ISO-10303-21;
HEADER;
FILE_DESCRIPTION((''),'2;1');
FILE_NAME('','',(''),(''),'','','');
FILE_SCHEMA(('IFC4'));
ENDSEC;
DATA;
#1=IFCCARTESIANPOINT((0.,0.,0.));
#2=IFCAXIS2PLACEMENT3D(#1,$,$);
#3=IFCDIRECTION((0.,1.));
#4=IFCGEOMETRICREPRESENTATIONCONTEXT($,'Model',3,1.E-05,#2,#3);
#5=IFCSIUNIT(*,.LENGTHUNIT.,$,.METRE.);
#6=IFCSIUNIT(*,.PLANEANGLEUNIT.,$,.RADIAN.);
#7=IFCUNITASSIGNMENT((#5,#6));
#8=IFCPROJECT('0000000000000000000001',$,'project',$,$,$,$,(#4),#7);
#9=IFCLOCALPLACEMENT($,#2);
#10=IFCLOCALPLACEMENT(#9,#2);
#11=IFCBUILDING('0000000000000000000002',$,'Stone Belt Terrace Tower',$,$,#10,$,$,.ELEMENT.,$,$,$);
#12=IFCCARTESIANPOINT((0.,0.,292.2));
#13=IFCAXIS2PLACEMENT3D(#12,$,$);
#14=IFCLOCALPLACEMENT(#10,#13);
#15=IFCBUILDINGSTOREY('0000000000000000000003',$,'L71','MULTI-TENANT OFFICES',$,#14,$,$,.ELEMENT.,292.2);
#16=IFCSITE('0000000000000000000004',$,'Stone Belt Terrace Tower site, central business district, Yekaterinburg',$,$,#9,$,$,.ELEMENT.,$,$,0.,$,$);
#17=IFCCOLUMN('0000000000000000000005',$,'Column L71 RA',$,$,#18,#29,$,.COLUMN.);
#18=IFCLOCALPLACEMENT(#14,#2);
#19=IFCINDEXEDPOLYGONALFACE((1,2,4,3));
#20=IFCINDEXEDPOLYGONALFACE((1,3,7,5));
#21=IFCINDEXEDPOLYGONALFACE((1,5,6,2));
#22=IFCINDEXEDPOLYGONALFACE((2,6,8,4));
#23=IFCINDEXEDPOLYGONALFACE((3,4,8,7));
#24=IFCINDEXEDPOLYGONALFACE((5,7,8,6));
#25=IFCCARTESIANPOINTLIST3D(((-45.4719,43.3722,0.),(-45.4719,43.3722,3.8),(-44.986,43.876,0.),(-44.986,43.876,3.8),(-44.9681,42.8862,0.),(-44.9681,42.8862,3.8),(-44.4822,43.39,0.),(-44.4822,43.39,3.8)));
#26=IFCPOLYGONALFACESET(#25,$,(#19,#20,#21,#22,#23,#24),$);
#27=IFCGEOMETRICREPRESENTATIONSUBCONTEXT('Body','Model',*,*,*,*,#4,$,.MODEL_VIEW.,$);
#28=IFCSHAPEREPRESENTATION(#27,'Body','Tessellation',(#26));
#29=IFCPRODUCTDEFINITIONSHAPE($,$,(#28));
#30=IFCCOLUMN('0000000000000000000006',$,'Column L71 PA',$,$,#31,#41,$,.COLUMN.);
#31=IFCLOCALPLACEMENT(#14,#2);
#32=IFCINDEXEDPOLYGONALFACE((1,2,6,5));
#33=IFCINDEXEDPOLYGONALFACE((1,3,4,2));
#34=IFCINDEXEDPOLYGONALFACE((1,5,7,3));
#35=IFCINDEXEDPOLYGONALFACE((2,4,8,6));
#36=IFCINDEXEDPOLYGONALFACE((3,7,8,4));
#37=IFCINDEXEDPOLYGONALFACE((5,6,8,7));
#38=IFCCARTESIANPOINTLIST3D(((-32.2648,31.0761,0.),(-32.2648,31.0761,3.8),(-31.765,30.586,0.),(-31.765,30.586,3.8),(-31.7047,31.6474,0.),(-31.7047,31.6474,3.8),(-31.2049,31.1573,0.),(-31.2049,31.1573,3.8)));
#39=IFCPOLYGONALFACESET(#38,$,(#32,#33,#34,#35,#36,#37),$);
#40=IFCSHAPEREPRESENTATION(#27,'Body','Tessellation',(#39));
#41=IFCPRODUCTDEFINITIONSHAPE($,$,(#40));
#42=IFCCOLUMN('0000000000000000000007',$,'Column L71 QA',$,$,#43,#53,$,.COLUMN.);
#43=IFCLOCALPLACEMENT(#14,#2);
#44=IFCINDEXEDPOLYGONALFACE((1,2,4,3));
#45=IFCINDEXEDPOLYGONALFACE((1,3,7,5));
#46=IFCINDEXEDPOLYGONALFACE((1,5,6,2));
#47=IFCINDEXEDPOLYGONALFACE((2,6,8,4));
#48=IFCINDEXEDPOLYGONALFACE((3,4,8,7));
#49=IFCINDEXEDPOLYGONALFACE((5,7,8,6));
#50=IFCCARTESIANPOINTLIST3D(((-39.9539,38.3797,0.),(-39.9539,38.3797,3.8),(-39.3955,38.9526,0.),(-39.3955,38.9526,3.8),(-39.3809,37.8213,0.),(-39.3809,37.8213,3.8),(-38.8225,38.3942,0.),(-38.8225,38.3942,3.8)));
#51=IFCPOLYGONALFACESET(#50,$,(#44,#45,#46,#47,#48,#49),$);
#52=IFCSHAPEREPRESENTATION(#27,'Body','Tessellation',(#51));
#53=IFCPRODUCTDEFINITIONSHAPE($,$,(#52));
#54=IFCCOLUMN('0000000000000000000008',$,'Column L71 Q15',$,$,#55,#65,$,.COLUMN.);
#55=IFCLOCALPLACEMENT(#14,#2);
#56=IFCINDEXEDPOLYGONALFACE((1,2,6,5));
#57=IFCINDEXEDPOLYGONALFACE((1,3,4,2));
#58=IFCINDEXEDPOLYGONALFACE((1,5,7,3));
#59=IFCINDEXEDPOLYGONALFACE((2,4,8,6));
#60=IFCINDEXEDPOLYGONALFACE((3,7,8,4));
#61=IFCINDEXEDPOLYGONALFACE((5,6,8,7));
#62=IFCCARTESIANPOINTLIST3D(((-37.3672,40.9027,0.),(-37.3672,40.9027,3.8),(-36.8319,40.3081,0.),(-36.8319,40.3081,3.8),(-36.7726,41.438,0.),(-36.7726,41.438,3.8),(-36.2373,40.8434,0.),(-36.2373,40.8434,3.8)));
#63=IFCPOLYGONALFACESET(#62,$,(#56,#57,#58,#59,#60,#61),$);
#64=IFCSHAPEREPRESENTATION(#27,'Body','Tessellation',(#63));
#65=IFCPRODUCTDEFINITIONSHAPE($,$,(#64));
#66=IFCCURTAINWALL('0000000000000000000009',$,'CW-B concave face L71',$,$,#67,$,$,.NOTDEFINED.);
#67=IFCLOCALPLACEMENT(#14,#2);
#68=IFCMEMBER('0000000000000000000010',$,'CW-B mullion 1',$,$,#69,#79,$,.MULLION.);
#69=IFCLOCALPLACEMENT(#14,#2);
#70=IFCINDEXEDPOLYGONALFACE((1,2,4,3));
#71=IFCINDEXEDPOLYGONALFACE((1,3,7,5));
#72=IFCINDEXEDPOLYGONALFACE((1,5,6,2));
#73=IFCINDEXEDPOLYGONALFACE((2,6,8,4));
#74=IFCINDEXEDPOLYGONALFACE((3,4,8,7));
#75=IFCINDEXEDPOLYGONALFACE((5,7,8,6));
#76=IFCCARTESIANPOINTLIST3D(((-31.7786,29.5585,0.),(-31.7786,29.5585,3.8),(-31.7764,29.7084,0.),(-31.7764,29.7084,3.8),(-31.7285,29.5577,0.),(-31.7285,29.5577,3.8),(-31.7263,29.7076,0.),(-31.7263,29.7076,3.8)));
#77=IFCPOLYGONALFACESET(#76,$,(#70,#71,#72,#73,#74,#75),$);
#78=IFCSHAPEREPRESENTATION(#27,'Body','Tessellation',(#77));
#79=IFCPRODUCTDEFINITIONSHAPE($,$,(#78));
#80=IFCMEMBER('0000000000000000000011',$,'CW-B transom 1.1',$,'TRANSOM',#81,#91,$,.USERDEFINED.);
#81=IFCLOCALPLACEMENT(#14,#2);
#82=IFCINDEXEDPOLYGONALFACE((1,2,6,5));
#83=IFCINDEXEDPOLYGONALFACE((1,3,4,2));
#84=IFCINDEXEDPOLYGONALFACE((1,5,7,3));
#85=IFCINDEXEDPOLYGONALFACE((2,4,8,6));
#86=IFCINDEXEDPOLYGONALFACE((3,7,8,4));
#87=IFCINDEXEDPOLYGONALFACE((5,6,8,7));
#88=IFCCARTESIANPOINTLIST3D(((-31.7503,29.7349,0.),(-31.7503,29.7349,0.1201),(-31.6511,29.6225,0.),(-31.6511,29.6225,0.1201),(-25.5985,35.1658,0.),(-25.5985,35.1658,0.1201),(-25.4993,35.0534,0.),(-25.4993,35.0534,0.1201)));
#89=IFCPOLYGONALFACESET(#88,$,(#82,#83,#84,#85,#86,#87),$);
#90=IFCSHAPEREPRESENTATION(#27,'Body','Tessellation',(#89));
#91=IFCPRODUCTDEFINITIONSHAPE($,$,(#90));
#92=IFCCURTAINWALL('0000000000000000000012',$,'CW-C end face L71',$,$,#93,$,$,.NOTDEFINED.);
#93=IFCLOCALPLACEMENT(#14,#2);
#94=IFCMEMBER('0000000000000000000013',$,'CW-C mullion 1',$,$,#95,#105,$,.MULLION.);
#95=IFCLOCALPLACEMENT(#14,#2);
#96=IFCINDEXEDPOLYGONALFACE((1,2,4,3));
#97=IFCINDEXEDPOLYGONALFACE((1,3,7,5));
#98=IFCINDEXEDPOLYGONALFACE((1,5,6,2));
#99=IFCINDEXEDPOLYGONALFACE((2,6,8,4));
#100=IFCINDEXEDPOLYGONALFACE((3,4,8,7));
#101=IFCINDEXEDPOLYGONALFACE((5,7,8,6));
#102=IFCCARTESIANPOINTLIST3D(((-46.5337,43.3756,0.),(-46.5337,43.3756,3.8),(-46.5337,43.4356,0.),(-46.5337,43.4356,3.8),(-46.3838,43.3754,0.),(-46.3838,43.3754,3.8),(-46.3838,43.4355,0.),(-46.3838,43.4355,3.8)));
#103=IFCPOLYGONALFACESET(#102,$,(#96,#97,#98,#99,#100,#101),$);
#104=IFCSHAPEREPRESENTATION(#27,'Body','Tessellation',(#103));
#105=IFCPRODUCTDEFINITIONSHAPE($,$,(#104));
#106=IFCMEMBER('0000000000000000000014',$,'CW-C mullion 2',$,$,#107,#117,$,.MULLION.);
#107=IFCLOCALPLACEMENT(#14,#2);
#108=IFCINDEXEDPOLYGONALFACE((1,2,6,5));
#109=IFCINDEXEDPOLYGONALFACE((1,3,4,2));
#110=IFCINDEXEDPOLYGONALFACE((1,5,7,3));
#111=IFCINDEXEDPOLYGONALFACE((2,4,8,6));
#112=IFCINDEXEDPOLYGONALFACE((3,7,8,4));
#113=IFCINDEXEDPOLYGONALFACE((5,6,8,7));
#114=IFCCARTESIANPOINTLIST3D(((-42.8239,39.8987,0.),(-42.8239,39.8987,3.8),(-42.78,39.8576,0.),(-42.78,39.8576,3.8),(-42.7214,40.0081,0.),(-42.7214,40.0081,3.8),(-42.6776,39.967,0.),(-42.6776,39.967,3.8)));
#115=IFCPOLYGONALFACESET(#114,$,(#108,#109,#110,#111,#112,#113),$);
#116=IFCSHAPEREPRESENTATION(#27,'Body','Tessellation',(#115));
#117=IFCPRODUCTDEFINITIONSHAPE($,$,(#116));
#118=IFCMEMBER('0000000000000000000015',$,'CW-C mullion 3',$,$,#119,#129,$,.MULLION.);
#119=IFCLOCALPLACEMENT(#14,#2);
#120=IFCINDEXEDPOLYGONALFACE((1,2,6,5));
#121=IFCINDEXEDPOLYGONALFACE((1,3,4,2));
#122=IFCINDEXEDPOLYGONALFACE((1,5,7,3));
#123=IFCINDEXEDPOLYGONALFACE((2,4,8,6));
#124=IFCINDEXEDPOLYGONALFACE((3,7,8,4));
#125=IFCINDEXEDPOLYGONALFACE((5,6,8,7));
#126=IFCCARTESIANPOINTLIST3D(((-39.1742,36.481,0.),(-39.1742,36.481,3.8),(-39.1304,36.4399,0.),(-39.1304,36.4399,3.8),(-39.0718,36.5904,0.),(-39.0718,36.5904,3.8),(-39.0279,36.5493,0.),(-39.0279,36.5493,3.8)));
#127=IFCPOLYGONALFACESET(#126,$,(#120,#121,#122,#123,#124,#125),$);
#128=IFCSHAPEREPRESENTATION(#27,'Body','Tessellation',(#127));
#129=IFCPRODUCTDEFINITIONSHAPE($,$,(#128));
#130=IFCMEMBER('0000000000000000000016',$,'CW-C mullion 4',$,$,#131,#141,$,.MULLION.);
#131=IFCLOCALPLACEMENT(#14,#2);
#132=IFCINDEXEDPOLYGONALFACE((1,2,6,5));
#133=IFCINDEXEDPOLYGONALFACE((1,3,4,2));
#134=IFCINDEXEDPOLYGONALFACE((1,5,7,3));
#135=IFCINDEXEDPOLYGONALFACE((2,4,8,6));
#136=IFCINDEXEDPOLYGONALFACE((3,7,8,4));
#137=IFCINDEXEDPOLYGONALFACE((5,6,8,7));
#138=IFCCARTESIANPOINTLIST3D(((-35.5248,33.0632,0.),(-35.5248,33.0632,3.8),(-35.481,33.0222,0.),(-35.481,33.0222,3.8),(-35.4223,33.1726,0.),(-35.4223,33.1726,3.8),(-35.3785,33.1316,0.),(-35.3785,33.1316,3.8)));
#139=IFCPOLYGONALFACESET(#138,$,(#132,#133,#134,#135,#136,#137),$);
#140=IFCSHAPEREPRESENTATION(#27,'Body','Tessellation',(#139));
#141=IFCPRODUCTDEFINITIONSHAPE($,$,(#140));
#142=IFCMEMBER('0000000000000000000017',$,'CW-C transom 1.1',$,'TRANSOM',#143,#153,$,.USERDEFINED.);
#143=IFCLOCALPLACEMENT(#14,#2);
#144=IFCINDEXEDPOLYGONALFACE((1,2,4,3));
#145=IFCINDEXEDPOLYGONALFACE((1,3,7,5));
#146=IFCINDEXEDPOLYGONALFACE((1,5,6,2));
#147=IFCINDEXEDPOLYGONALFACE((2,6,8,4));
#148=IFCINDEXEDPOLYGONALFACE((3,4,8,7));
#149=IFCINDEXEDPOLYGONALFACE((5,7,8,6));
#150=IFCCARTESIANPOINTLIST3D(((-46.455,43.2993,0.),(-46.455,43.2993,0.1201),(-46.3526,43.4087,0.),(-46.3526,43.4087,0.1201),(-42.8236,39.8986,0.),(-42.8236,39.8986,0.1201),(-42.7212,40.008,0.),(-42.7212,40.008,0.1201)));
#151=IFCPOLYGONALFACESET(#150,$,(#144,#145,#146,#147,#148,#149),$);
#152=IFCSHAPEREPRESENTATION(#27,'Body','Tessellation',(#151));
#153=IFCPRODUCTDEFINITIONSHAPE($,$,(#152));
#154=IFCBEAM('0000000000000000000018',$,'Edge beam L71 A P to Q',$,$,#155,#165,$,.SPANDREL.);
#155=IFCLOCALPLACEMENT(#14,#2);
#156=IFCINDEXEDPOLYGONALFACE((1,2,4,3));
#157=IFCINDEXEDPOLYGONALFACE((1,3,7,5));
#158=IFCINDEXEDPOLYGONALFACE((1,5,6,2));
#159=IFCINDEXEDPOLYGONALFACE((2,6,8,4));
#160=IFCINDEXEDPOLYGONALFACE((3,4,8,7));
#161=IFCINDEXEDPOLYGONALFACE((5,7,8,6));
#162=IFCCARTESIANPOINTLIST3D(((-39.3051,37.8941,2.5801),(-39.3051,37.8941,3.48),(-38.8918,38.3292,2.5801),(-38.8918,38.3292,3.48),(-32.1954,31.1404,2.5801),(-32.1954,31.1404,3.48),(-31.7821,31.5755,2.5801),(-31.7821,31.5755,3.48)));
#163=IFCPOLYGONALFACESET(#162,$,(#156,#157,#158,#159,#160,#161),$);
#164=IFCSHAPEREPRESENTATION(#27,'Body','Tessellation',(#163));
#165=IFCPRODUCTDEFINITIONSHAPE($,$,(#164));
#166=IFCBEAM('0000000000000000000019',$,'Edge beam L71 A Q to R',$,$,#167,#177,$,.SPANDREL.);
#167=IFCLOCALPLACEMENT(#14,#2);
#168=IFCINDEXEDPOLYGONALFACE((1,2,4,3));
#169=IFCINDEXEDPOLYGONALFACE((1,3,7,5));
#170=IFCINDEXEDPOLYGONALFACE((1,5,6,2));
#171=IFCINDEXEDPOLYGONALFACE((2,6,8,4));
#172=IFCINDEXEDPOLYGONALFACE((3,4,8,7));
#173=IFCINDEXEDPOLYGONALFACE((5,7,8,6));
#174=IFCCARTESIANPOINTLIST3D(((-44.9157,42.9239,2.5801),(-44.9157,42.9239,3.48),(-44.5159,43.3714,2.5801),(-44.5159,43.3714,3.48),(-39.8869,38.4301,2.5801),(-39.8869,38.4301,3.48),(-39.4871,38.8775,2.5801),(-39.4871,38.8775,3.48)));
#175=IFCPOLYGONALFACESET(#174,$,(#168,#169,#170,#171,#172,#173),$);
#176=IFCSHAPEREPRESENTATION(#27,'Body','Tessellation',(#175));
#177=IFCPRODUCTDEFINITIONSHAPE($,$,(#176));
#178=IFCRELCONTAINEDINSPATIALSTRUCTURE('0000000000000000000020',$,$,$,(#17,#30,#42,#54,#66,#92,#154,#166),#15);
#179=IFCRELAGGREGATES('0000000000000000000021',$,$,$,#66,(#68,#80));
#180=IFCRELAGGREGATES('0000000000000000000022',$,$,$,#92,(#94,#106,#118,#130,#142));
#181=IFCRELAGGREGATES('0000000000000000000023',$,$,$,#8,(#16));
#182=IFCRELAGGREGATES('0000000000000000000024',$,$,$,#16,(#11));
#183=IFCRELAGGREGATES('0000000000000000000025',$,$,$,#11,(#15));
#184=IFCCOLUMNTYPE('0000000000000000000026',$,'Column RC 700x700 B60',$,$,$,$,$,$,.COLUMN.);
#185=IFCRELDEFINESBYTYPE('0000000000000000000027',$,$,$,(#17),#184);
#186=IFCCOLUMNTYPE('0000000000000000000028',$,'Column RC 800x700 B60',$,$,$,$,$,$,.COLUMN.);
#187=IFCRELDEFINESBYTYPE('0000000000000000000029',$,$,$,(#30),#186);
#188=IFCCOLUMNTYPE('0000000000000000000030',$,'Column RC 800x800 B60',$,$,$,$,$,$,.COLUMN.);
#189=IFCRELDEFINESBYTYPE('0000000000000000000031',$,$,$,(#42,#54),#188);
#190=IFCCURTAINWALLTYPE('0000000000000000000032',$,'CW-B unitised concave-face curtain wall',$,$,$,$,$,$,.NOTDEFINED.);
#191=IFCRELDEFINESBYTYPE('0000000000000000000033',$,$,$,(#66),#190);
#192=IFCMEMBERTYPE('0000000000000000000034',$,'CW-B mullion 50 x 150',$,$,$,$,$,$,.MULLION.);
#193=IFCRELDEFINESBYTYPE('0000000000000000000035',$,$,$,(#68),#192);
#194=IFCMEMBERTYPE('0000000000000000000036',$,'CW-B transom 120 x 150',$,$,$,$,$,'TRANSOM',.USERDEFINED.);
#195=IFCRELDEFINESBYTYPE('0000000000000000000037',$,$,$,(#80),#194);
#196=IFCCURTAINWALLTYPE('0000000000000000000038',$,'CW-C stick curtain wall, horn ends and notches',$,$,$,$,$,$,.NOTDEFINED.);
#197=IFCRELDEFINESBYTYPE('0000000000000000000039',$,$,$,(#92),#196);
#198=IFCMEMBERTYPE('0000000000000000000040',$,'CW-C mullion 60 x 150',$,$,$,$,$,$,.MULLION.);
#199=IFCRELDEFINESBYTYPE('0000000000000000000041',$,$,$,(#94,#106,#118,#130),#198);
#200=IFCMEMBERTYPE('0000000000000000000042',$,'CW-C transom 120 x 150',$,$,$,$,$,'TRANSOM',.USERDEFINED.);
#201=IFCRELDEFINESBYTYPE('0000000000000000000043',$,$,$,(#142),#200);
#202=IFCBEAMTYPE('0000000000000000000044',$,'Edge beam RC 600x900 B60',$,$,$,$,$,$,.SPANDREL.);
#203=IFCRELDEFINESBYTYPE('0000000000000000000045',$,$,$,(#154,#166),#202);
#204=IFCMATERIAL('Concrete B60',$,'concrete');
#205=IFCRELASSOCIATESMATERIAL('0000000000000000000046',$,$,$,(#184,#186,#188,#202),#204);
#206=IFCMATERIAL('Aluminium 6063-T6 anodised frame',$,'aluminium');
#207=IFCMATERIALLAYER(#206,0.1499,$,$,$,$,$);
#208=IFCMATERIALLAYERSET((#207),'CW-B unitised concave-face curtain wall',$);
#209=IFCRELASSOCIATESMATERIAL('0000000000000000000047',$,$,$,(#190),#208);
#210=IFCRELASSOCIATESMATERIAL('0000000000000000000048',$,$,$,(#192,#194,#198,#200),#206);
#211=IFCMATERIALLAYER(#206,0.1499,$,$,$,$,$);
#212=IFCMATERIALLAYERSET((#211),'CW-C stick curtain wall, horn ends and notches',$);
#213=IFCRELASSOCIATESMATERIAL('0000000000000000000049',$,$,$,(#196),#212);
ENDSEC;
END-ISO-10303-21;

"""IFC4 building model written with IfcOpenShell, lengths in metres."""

from ifc_helpers import new_model, si_unit, direction, frame, origin, origin_2d, place, context, subcontext, project, spatial, rectangle, extrude, material, layer, layer_set, material_profile, profile_set, type_object, element, aggregate, save


model = new_model("IFC4")

# Units and contexts
model_context = context("Model", 3, precision=1e-05, world=origin(), true_north=direction((0.0, 1.0)))
body_context = subcontext(model_context, "Body", "Model", "MODEL_VIEW")
ifc_project = project(units=[si_unit("LENGTHUNIT", "METRE"), si_unit("PLANEANGLEUNIT", "RADIAN")], contexts=[model_context])

# Site, building, storey
site_placement = place(None, origin())
site = spatial("IfcSite", under=ifc_project, at=site_placement, Name="Stone Belt Terrace Tower site, central business district, Yekaterinburg", CompositionType="ELEMENT", RefElevation=0.0)
building_placement = place(site_placement, origin())
building = spatial("IfcBuilding", under=site, at=building_placement, Name="Stone Belt Terrace Tower", CompositionType="ELEMENT")
storey_placement = place(building_placement, frame((0.0, 0.0, 292.2)))
storey = spatial("IfcBuildingStorey", under=building, at=storey_placement, Name="L71", Description="MULTI-TENANT OFFICES", CompositionType="ELEMENT", Elevation=292.2)

# Columns
ifc_material_1 = material(Name="Concrete B60", Category="concrete")
ifc_material_profile_1 = material_profile(ifc_material_1, rectangle(XDim=0.7, YDim=0.7, at=origin_2d()), Name="RC 700x700")
ifc_profile_set_1 = profile_set([ifc_material_profile_1], Name="Concrete B60")
column_type_1 = type_object("IfcColumnType", Name="Column RC 700x700 B60", PredefinedType="COLUMN", material=ifc_profile_set_1)
column_1_placement = place(storey_placement, frame((-44.9771, 43.3811, 0.0), z_axis=(0.0, 0.0, 1.0), x_axis=(0.694221, 0.719762, 0.0)))
element("IfcColumn", 1, at=column_1_placement, inside=storey, type_object=column_type_1, Name="Column L71 RA", PredefinedType="COLUMN", context=body_context, shape_type="SweptSolid", body=[
    extrude(rectangle(XDim=0.7, YDim=0.7, at=origin_2d()), origin(), (0.0, 0.0, 1.0), 3.8),
])
ifc_material_profile_2 = material_profile(ifc_material_1, rectangle(XDim=0.8, YDim=0.7, at=origin_2d()), Name="RC 800x700")
ifc_profile_set_2 = profile_set([ifc_material_profile_2], Name="Concrete B60")
column_type_2 = type_object("IfcColumnType", Name="Column RC 800x700 B60", PredefinedType="COLUMN", material=ifc_profile_set_2)
column_2_placement = place(storey_placement, frame((-31.7349, 31.1167, 0.0), z_axis=(0.0, 0.0, 1.0), x_axis=(0.70012, 0.714026, 0.0)))
element("IfcColumn", 2, at=column_2_placement, inside=storey, type_object=column_type_2, Name="Column L71 PA", PredefinedType="COLUMN", context=body_context, shape_type="SweptSolid", body=[
    extrude(rectangle(XDim=0.8, YDim=0.7, at=origin_2d()), origin(), (0.0, 0.0, 1.0), 3.8),
])
ifc_material_profile_3 = material_profile(ifc_material_1, rectangle(XDim=0.8, YDim=0.8, at=origin_2d()), Name="RC 800x800")
ifc_profile_set_3 = profile_set([ifc_material_profile_3], Name="Concrete B60")
column_type_3 = type_object("IfcColumnType", Name="Column RC 800x800 B60", PredefinedType="COLUMN", material=ifc_profile_set_3)
for number, where, z_axis, x_axis, name in (
    (3, (-39.3882, 38.387, 0.0), (0.0, 0.0, 1.0), (0.697944, 0.716152, 0.0), "Column L71 QA"),
    (4, (-36.8022, 40.873, 0.0), (0.0, 0.0, 1.0), (0.743145, 0.669131, 0.0), "Column L71 Q15"),
):
    element("IfcColumn", number, at=place(storey_placement, frame(where, z_axis=z_axis, x_axis=x_axis)), inside=storey, type_object=column_type_3, Name=name, PredefinedType="COLUMN", context=body_context, shape_type="SweptSolid", body=[
        extrude(rectangle(XDim=0.8, YDim=0.8, at=origin_2d()), origin(), (0.0, 0.0, 1.0), 3.8),
    ])

# Curtain walls, members
ifc_material_2 = material(Name="Aluminium 6063-T6 anodised frame", Category="aluminium")
ifc_layer_1 = layer(ifc_material_2, 0.1499)
ifc_layer_set_1 = layer_set([ifc_layer_1], Name="CW-B unitised concave-face curtain wall")
curtain_wall_type_1 = type_object("IfcCurtainWallType", Name="CW-B unitised concave-face curtain wall", PredefinedType="NOTDEFINED", material=ifc_layer_set_1)
curtain_wall_1_placement = place(storey_placement, origin())
curtain_wall_1 = element("IfcCurtainWall", 5, at=curtain_wall_1_placement, inside=storey, type_object=curtain_wall_type_1, Name="CW-B concave face L71", PredefinedType="NOTDEFINED")
ifc_material_profile_4 = material_profile(ifc_material_2, rectangle(XDim=0.1499, YDim=0.05, at=origin_2d()), Name="Aluminium 6063-T6 50x150")
ifc_profile_set_4 = profile_set([ifc_material_profile_4], Name="Aluminium 6063-T6 anodised frame")
member_type_1 = type_object("IfcMemberType", Name="CW-B mullion 50 x 150", PredefinedType="MULLION", material=ifc_profile_set_4)
member_1_placement = place(storey_placement, frame((-31.7524, 29.6331, 0.0), z_axis=(0.0, 0.0, 1.0), x_axis=(0.014682, 0.999892, 0.0)))
member_1 = element("IfcMember", 6, at=member_1_placement, type_object=member_type_1, Name="CW-B mullion 1", PredefinedType="MULLION", context=body_context, shape_type="SweptSolid", body=[
    extrude(rectangle(XDim=0.1499, YDim=0.05, at=origin_2d()), origin(), (0.0, 0.0, 1.0), 3.8),
])
ifc_material_profile_5 = material_profile(ifc_material_2, rectangle(XDim=0.1499, YDim=0.1201, at=origin_2d()), Name="Aluminium 6063-T6 150x120")
ifc_profile_set_5 = profile_set([ifc_material_profile_5], Name="Aluminium 6063-T6 anodised frame")
member_type_2 = type_object("IfcMemberType", Name="CW-B transom 120 x 150", ElementType="TRANSOM", PredefinedType="USERDEFINED", material=ifc_profile_set_5)
member_2_placement = place(storey_placement, frame((-31.7007, 29.6787, 0.0601), z_axis=(0.749669, 0.661813, 0.0), x_axis=(-0.661813, 0.749669, 0.0)))
member_2 = element("IfcMember", 7, at=member_2_placement, type_object=member_type_2, Name="CW-B transom 1.1", ObjectType="TRANSOM", PredefinedType="USERDEFINED", context=body_context, shape_type="SweptSolid", body=[
    extrude(rectangle(XDim=0.1499, YDim=0.1201, at=origin_2d()), origin(), (0.0, 0.0, 1.0), 8.2061),
])
aggregate(curtain_wall_1, [member_1, member_2])
ifc_layer_2 = layer(ifc_material_2, 0.1499)
ifc_layer_set_2 = layer_set([ifc_layer_2], Name="CW-C stick curtain wall, horn ends and notches")
curtain_wall_type_2 = type_object("IfcCurtainWallType", Name="CW-C stick curtain wall, horn ends and notches", PredefinedType="NOTDEFINED", material=ifc_layer_set_2)
curtain_wall_2_placement = place(storey_placement, origin())
curtain_wall_2 = element("IfcCurtainWall", 8, at=curtain_wall_2_placement, inside=storey, type_object=curtain_wall_type_2, Name="CW-C end face L71", PredefinedType="NOTDEFINED")
ifc_material_profile_6 = material_profile(ifc_material_2, rectangle(XDim=0.1499, YDim=0.0601, at=origin_2d()), Name="Aluminium 6063-T6 60x150")
ifc_profile_set_6 = profile_set([ifc_material_profile_6], Name="Aluminium 6063-T6 anodised frame")
member_type_3 = type_object("IfcMemberType", Name="CW-C mullion 60 x 150", PredefinedType="MULLION", material=ifc_profile_set_6)
member_3_placement = place(storey_placement, frame((-46.4587, 43.4055, 0.0), z_axis=(0.0, 0.0, 1.0), x_axis=(0.999999, -0.001051, 0.0)))
member_3 = element("IfcMember", 9, at=member_3_placement, type_object=member_type_3, Name="CW-C mullion 1", PredefinedType="MULLION", context=body_context, shape_type="SweptSolid", body=[
    extrude(rectangle(XDim=0.1499, YDim=0.0601, at=origin_2d()), origin(), (0.0, 0.0, 1.0), 3.8),
])
member_4_placement = place(storey_placement, frame((-42.7507, 39.9329, 0.0), z_axis=(0.0, 0.0, 1.0), x_axis=(0.683549, 0.729904, 0.0)))
member_4 = element("IfcMember", 10, at=member_4_placement, type_object=member_type_3, Name="CW-C mullion 2", PredefinedType="MULLION", context=body_context, shape_type="SweptSolid", body=[
    extrude(rectangle(XDim=0.1499, YDim=0.0601, at=origin_2d()), origin(), (0.0, 0.0, 1.0), 3.8),
])
member_5_placement = place(storey_placement, frame((-39.1011, 36.5151, 0.0), z_axis=(0.0, 0.0, 1.0), x_axis=(0.683549, 0.729904, 0.0)))
member_5 = element("IfcMember", 11, at=member_5_placement, type_object=member_type_3, Name="CW-C mullion 3", PredefinedType="MULLION", context=body_context, shape_type="SweptSolid", body=[
    extrude(rectangle(XDim=0.1499, YDim=0.0601, at=origin_2d()), origin(), (0.0, 0.0, 1.0), 3.8),
])
member_6_placement = place(storey_placement, frame((-35.4517, 33.0974, 0.0), z_axis=(0.0, 0.0, 1.0), x_axis=(0.683549, 0.729904, 0.0)))
member_6 = element("IfcMember", 12, at=member_6_placement, type_object=member_type_3, Name="CW-C mullion 4", PredefinedType="MULLION", context=body_context, shape_type="SweptSolid", body=[
    extrude(rectangle(XDim=0.1499, YDim=0.0601, at=origin_2d()), origin(), (0.0, 0.0, 1.0), 3.8),
])
ifc_material_profile_7 = material_profile(ifc_material_2, rectangle(XDim=0.1499, YDim=0.1201, at=origin_2d()), Name="Aluminium 6063-T6 150x120")
ifc_profile_set_7 = profile_set([ifc_material_profile_7], Name="Aluminium 6063-T6 anodised frame")
member_type_4 = type_object("IfcMemberType", Name="CW-C transom 120 x 150", ElementType="TRANSOM", PredefinedType="USERDEFINED", material=ifc_profile_set_7)
member_7_placement = place(storey_placement, frame((-46.4038, 43.354, 0.0601), z_axis=(0.729914, -0.683539, 0.0), x_axis=(0.683539, 0.729914, 0.0)))
member_7 = element("IfcMember", 13, at=member_7_placement, type_object=member_type_4, Name="CW-C transom 1.1", ObjectType="TRANSOM", PredefinedType="USERDEFINED", context=body_context, shape_type="SweptSolid", body=[
    extrude(rectangle(XDim=0.1499, YDim=0.1201, at=origin_2d()), origin(), (0.0, 0.0, 1.0), 4.9751),
])

# Beams
ifc_material_profile_8 = material_profile(ifc_material_1, rectangle(XDim=0.6001, YDim=0.8999, at=origin_2d()), Name="RC 600x900")
ifc_profile_set_8 = profile_set([ifc_material_profile_8], Name="Concrete B60")
beam_type = type_object("IfcBeamType", Name="Edge beam RC 600x900 B60", PredefinedType="SPANDREL", material=ifc_profile_set_8)
beam_1_placement = place(storey_placement, frame((-31.9888, 31.3579, 3.03), z_axis=(-0.725024, 0.688724, 0.0), x_axis=(-0.688724, -0.725024, 0.0)))
element("IfcBeam", 14, at=beam_1_placement, inside=storey, type_object=beam_type, Name="Edge beam L71 A P to Q", PredefinedType="SPANDREL", context=body_context, shape_type="SweptSolid", body=[
    extrude(rectangle(XDim=0.6001, YDim=0.8999, at=origin_2d()), origin(), (0.0, 0.0, 1.0), 9.8062),
])
beam_2_placement = place(storey_placement, frame((-39.687, 38.6538, 3.03), z_axis=(-0.745651, 0.666337, 0.0), x_axis=(-0.666337, -0.745651, 0.0)))
element("IfcBeam", 15, at=beam_2_placement, inside=storey, type_object=beam_type, Name="Edge beam L71 A Q to R", PredefinedType="SPANDREL", context=body_context, shape_type="SweptSolid", body=[
    extrude(rectangle(XDim=0.6001, YDim=0.8999, at=origin_2d()), origin(), (0.0, 0.0, 1.0), 6.7441),
])

aggregate(curtain_wall_2, [member_3, member_4, member_5, member_6, member_7])

save(model, "model.ifc")
